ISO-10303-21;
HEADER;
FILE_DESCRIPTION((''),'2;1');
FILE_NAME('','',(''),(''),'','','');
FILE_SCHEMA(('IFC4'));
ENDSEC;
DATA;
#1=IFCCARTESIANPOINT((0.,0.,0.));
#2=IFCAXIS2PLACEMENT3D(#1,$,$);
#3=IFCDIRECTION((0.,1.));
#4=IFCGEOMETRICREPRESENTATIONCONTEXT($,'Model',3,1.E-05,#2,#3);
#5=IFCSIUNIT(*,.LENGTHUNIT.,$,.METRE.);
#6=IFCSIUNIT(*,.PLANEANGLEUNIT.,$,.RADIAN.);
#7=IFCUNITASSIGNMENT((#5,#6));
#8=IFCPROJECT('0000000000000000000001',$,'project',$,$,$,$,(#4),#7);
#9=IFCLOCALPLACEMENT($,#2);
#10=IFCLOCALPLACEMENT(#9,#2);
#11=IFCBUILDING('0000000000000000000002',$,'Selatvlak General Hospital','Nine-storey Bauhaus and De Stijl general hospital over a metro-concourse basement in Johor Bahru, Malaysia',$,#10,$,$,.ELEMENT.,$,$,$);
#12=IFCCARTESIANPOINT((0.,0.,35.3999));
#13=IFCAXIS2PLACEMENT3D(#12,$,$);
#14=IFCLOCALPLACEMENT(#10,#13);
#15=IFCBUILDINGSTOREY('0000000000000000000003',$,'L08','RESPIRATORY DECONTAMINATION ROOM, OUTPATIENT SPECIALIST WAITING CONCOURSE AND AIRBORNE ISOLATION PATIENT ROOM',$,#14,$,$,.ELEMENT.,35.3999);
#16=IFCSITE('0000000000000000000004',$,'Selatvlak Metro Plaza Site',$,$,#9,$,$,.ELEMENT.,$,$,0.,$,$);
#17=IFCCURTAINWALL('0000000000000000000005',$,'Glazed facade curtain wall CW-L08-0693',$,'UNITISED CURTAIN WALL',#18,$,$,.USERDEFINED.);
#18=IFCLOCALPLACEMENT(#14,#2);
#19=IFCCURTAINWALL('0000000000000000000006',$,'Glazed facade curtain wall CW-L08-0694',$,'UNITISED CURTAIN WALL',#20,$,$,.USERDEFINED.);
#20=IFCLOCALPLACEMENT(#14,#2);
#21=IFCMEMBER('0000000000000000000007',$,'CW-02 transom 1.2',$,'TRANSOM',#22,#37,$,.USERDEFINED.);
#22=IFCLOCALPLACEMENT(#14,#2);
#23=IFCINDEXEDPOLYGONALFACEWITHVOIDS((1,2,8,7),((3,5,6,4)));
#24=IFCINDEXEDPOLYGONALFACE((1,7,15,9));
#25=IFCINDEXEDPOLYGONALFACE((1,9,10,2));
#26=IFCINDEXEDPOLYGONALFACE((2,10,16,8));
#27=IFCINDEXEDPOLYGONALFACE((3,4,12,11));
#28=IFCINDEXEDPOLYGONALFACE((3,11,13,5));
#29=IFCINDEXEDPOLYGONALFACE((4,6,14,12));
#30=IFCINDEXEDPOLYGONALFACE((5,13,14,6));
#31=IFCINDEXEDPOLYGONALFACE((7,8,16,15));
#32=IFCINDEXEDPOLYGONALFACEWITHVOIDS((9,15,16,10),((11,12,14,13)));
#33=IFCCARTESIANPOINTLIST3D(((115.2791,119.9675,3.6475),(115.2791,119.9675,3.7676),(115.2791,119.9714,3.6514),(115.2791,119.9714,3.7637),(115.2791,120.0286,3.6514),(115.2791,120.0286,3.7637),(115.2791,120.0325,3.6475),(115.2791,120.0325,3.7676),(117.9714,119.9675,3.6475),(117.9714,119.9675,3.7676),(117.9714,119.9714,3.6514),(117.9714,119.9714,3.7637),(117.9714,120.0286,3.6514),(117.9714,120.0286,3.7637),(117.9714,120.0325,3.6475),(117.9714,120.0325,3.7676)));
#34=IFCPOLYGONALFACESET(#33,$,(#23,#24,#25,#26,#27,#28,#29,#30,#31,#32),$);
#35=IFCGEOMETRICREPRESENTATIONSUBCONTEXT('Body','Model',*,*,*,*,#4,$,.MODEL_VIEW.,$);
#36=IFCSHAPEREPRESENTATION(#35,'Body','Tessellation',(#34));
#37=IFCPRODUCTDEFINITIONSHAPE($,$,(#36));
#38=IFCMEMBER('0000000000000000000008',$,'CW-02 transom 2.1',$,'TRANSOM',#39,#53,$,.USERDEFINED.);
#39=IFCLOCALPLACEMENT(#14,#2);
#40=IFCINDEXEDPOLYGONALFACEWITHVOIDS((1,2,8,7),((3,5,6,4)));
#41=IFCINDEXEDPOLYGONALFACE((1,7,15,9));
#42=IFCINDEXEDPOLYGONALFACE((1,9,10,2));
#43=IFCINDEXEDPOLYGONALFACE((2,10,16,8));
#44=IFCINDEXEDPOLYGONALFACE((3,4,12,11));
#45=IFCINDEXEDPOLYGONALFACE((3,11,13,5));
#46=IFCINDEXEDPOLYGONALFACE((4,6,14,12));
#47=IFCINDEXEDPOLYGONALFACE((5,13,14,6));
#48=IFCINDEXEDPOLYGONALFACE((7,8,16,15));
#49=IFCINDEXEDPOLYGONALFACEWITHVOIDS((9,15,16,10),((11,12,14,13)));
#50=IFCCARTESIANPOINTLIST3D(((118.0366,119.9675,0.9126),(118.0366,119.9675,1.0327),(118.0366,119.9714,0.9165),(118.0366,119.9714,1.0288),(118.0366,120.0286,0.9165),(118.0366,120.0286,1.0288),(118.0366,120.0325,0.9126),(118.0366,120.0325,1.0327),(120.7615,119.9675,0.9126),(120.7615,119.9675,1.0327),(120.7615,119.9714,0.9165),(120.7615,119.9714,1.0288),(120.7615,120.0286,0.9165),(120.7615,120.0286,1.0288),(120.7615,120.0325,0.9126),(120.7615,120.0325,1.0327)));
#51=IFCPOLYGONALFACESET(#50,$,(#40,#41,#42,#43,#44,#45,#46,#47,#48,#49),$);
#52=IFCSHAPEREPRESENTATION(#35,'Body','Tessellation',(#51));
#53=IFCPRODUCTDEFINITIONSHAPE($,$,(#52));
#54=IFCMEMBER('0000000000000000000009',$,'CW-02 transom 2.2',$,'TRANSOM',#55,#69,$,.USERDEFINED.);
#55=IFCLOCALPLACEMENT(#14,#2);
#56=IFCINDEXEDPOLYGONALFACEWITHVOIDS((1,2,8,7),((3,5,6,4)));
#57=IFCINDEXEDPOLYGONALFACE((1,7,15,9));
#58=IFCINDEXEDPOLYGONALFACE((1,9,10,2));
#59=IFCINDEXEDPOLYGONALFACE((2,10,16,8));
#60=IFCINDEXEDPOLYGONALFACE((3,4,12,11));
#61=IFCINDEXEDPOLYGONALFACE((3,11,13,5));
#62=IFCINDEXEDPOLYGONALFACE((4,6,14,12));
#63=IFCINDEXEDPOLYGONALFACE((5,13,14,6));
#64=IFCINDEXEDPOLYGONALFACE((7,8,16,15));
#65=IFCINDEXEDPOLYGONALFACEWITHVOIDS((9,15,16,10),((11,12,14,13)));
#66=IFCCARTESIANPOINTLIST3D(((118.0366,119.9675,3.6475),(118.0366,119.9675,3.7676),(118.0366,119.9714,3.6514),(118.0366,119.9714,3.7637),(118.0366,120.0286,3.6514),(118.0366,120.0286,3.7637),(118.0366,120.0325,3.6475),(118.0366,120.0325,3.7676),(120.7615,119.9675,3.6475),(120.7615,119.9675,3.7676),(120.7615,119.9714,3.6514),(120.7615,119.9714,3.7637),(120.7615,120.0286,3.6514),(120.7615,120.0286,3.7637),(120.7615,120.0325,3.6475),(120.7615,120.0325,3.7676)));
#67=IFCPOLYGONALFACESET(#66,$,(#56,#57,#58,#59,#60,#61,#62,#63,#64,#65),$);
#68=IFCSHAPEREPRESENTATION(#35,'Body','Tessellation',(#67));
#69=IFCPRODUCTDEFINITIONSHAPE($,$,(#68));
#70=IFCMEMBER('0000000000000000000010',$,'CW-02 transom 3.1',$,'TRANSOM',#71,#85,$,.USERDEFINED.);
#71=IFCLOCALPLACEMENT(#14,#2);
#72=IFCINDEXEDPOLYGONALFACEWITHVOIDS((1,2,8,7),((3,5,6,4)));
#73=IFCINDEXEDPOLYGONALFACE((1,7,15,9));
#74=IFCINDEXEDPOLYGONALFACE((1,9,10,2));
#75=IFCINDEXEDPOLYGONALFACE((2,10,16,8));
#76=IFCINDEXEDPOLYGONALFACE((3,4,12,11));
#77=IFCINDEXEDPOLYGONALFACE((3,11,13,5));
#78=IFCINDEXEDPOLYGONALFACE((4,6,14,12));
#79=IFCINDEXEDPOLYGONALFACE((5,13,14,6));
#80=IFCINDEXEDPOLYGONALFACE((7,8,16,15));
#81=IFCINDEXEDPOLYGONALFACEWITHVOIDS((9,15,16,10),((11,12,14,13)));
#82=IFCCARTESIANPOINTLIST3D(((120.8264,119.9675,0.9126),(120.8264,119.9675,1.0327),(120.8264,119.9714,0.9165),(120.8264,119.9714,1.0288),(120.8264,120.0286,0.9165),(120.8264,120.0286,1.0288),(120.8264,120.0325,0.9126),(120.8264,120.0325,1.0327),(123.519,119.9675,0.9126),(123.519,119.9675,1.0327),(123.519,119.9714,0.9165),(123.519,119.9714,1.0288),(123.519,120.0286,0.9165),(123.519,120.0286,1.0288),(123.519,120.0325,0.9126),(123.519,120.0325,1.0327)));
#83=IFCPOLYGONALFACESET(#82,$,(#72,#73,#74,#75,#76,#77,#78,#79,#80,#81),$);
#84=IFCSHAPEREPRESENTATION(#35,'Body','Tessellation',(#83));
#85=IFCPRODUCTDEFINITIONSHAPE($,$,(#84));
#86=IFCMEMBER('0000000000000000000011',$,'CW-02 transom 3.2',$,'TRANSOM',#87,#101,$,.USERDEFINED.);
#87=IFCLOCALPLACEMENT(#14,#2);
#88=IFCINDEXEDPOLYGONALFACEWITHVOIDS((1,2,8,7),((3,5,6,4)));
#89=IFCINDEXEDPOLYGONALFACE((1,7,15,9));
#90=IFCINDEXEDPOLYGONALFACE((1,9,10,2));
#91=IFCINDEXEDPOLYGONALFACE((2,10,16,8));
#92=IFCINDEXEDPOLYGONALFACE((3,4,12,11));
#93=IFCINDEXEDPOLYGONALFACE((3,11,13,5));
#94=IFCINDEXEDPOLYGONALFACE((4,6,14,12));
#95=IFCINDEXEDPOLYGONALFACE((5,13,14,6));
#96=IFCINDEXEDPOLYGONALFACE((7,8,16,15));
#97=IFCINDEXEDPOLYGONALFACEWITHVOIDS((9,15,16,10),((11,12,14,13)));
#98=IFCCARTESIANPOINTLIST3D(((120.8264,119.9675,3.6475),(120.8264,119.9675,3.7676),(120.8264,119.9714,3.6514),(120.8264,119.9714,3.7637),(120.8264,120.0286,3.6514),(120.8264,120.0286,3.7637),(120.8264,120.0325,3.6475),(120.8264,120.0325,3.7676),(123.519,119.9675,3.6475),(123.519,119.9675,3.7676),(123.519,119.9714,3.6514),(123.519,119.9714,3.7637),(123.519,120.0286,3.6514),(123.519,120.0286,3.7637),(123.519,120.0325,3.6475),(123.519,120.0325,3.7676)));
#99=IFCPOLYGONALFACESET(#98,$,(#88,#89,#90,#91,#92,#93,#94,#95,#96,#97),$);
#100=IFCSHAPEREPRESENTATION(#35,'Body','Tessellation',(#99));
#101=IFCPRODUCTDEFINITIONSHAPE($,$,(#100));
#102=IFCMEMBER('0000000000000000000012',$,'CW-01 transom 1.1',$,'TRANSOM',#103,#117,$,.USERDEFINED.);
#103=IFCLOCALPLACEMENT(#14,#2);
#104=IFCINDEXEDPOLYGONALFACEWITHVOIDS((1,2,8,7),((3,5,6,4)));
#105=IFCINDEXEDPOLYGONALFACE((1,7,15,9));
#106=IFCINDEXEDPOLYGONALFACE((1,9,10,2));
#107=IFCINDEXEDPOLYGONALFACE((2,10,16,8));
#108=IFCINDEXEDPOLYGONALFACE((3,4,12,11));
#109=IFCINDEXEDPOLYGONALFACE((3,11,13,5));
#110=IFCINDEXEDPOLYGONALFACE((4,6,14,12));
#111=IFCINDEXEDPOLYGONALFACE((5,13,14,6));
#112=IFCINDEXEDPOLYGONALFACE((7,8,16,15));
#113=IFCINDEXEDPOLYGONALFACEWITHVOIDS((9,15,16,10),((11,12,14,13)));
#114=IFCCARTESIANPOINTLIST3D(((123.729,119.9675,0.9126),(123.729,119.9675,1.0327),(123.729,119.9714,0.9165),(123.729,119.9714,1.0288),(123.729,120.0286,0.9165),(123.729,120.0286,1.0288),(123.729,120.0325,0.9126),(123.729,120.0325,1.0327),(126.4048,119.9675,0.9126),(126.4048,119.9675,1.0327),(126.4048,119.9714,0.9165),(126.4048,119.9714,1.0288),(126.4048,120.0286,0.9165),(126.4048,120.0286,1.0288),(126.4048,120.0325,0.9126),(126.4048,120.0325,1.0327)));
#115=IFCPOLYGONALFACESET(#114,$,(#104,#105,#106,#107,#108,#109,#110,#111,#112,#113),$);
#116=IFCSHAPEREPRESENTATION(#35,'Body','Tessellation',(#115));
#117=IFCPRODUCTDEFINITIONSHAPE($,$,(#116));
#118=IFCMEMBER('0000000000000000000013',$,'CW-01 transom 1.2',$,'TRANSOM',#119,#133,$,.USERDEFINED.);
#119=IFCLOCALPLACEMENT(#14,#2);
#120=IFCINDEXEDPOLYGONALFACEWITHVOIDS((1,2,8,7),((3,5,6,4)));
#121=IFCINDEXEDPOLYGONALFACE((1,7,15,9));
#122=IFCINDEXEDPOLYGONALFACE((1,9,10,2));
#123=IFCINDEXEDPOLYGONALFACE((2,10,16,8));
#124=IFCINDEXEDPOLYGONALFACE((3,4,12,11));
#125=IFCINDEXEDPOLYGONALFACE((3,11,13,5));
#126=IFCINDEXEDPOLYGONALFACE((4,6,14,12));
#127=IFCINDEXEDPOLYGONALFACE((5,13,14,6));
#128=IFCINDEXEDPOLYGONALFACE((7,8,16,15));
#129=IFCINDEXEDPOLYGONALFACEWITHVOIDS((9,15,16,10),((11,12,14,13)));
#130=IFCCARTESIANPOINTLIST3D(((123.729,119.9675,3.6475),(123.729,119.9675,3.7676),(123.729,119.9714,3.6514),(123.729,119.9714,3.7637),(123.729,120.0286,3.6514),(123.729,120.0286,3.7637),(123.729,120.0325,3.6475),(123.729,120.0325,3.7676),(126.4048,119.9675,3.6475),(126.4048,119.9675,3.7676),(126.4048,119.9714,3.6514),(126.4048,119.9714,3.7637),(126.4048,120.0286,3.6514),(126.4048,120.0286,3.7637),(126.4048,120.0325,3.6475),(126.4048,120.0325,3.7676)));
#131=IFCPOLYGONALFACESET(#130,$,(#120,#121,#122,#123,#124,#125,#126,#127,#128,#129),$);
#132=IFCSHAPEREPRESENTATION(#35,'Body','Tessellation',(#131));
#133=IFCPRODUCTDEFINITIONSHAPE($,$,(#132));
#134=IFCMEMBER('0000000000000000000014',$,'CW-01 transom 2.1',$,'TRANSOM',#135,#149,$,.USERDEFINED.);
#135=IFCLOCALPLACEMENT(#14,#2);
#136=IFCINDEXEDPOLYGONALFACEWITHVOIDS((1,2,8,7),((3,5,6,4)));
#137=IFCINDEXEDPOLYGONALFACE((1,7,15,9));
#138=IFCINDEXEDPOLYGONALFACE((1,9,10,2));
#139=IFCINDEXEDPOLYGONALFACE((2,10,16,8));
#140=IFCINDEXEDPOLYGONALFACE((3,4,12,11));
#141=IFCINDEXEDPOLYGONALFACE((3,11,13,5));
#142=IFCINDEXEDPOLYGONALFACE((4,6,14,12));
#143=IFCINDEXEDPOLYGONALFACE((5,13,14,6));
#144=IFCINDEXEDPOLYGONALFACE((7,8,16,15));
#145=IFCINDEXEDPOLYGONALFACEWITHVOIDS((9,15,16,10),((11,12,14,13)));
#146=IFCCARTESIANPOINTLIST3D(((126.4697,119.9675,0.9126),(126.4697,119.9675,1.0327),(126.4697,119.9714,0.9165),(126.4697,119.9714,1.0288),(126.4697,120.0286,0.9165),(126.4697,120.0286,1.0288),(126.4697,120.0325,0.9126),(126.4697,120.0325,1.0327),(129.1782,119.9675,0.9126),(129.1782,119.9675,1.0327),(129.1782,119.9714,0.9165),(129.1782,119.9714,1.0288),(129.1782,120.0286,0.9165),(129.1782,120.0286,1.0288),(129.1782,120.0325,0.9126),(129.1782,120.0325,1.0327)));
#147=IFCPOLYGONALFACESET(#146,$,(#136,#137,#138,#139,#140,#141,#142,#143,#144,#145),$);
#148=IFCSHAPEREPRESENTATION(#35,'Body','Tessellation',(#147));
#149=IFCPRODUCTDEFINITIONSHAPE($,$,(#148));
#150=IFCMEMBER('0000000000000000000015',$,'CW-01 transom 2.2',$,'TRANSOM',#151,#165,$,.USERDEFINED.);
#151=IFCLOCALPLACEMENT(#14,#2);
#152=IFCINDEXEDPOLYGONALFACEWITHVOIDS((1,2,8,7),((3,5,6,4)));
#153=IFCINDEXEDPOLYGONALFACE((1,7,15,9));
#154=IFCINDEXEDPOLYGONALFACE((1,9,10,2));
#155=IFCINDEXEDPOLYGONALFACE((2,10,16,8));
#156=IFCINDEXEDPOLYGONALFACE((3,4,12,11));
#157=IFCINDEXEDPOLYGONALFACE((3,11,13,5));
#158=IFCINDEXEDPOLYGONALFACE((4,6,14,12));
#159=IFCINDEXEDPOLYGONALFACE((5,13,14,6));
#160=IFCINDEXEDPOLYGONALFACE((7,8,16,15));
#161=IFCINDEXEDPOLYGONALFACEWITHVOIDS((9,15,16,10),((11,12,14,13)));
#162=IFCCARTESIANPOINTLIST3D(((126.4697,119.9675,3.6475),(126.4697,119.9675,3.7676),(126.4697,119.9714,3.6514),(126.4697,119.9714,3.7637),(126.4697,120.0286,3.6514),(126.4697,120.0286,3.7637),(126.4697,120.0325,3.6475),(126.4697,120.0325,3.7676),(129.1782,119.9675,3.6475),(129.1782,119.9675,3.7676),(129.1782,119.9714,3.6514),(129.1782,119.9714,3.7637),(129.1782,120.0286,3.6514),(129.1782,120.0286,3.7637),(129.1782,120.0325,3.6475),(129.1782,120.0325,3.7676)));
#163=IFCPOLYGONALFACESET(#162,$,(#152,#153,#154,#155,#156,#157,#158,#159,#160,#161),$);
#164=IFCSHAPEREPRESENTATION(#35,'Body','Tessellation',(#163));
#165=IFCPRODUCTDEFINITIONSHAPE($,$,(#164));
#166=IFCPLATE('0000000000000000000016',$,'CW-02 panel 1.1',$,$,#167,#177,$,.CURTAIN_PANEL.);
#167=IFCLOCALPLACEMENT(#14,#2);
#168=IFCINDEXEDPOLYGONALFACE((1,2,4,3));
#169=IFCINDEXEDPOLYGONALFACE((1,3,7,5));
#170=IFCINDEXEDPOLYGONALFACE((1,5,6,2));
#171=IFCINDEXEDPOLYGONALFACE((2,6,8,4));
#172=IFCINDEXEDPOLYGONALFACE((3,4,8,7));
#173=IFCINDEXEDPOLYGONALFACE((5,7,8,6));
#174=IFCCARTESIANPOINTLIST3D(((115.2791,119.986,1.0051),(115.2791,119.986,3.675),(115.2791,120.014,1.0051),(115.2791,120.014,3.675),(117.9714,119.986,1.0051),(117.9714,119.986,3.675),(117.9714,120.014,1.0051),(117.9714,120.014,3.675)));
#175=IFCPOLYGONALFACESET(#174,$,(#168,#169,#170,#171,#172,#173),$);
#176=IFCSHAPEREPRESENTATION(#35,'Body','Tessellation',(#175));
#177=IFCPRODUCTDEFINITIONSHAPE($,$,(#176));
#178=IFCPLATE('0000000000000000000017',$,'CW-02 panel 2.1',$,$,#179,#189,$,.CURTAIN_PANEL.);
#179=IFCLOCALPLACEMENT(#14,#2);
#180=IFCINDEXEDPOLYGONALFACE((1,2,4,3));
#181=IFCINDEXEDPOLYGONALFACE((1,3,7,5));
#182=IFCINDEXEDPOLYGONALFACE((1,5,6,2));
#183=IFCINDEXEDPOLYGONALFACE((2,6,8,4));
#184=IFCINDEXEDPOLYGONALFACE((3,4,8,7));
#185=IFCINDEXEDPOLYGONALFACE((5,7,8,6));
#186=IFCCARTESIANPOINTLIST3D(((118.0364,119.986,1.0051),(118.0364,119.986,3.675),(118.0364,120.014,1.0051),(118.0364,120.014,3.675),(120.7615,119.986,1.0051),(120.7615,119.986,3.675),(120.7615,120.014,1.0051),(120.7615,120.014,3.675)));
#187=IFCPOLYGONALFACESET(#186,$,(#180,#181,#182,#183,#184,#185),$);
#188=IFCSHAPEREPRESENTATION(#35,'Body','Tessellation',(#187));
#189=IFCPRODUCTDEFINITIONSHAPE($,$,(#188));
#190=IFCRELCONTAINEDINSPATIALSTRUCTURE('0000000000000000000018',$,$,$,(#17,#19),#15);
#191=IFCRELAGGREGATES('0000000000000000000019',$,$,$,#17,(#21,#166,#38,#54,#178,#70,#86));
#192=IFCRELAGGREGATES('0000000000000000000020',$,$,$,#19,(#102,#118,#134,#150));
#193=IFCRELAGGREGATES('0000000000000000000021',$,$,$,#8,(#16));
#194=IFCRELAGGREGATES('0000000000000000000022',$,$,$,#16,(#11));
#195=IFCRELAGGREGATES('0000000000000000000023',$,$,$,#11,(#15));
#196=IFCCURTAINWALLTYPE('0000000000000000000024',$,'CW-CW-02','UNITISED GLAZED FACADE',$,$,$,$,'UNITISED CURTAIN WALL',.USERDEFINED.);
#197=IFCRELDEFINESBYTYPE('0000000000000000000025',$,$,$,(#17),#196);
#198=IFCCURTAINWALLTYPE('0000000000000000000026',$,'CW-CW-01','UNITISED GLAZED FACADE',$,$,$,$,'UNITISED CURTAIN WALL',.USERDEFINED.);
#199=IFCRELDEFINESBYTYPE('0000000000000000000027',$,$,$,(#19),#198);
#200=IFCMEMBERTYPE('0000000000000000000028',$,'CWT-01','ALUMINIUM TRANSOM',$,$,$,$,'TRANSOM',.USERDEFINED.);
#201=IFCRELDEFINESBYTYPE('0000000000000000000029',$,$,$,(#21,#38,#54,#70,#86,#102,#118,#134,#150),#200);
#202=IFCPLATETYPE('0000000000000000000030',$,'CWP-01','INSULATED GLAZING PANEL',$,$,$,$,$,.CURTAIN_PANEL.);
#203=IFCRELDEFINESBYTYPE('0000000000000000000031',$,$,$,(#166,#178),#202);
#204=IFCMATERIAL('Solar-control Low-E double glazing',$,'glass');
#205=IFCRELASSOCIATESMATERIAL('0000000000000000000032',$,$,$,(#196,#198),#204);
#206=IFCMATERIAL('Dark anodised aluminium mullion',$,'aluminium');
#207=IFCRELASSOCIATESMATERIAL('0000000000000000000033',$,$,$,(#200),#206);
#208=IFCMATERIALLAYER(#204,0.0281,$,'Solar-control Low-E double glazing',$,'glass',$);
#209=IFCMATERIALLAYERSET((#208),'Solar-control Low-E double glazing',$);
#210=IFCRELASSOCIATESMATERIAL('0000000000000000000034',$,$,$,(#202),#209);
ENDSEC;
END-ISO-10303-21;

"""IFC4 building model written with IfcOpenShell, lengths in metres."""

from ifc_helpers import new_model, si_unit, direction, frame, origin, origin_2d, place, context, subcontext, project, spatial, rectangle, hollow_rectangle, extrude, material, layer, layer_set, material_profile, profile_set, type_object, element, aggregate, save


model = new_model("IFC4")

# Units and contexts
model_context = context("Model", 3, precision=1e-05, world=origin(), true_north=direction((0.0, 1.0)))
body_context = subcontext(model_context, "Body", "Model", "MODEL_VIEW")
ifc_project = project(units=[si_unit("LENGTHUNIT", "METRE"), si_unit("PLANEANGLEUNIT", "RADIAN")], contexts=[model_context])

# Site, building, storey
site_placement = place(None, origin())
site = spatial("IfcSite", under=ifc_project, at=site_placement, Name="Selatvlak Metro Plaza Site", CompositionType="ELEMENT", RefElevation=0.0)
building_placement = place(site_placement, origin())
building = spatial("IfcBuilding", under=site, at=building_placement, Name="Selatvlak General Hospital", Description="Nine-storey Bauhaus and De Stijl general hospital over a metro-concourse basement in Johor Bahru, Malaysia", CompositionType="ELEMENT")
storey_placement = place(building_placement, frame((0.0, 0.0, 35.3999)))
storey = spatial("IfcBuildingStorey", under=building, at=storey_placement, Name="L08", Description="RESPIRATORY DECONTAMINATION ROOM, OUTPATIENT SPECIALIST WAITING CONCOURSE AND AIRBORNE ISOLATION PATIENT ROOM", CompositionType="ELEMENT", Elevation=35.3999)

# Curtain walls
ifc_material_1 = material(Name="Solar-control Low-E double glazing", Category="glass")
curtain_wall_type_1 = type_object("IfcCurtainWallType", Name="CW-CW-02", Description="UNITISED GLAZED FACADE", ElementType="UNITISED CURTAIN WALL", PredefinedType="USERDEFINED", material=ifc_material_1)
curtain_wall_1_placement = place(storey_placement, origin())
curtain_wall_1 = element("IfcCurtainWall", 1, at=curtain_wall_1_placement, inside=storey, type_object=curtain_wall_type_1, Name="Glazed facade curtain wall CW-L08-0693", ObjectType="UNITISED CURTAIN WALL", PredefinedType="USERDEFINED")
ifc_material_2 = material(Name="Dark anodised aluminium mullion", Category="aluminium")
curtain_wall_type_2 = type_object("IfcCurtainWallType", Name="CW-CW-01", Description="UNITISED GLAZED FACADE", ElementType="UNITISED CURTAIN WALL", PredefinedType="USERDEFINED", material=ifc_material_1)
curtain_wall_2_placement = place(storey_placement, origin())
curtain_wall_2 = element("IfcCurtainWall", 2, at=curtain_wall_2_placement, inside=storey, type_object=curtain_wall_type_2, Name="Glazed facade curtain wall CW-L08-0694", ObjectType="UNITISED CURTAIN WALL", PredefinedType="USERDEFINED")

# Members
ifc_material_profile_1 = material_profile(ifc_material_2, hollow_rectangle(XDim=0.0649, YDim=0.1201, WallThickness=0.0039, at=origin_2d()), Name="AL-TRN 65x120x4")
ifc_profile_set_1 = profile_set([ifc_material_profile_1], Name="Dark anodised aluminium mullion")
member_type_1 = type_object("IfcMemberType", Name="CWT-01", Description="ALUMINIUM TRANSOM", ElementType="TRANSOM", PredefinedType="USERDEFINED", material=ifc_profile_set_1)
member_1_placement = place(storey_placement, frame((115.2791, 120.0, 3.7075), z_axis=(1.0, 0.0, 0.0), x_axis=(0.0, 1.0, 0.0)))
member_1 = element("IfcMember", 3, at=member_1_placement, type_object=member_type_1, Name="CW-02 transom 1.2", ObjectType="TRANSOM", PredefinedType="USERDEFINED", context=body_context, shape_type="SweptSolid", body=[
    extrude(hollow_rectangle(XDim=0.0649, YDim=0.1201, WallThickness=0.0039, at=origin_2d()), origin(), (0.0, 0.0, 1.0), 2.6924),
])
member_2_placement = place(storey_placement, frame((118.0366, 120.0, 0.9727), z_axis=(1.0, 0.0, 0.0), x_axis=(0.0, 1.0, 0.0)))
member_2 = element("IfcMember", 4, at=member_2_placement, type_object=member_type_1, Name="CW-02 transom 2.1", ObjectType="TRANSOM", PredefinedType="USERDEFINED", context=body_context, shape_type="SweptSolid", body=[
    extrude(hollow_rectangle(XDim=0.0649, YDim=0.1201, WallThickness=0.0039, at=origin_2d()), origin(), (0.0, 0.0, 1.0), 2.7249),
])
member_3_placement = place(storey_placement, frame((118.0366, 120.0, 3.7075), z_axis=(1.0, 0.0, 0.0), x_axis=(0.0, 1.0, 0.0)))
member_3 = element("IfcMember", 5, at=member_3_placement, type_object=member_type_1, Name="CW-02 transom 2.2", ObjectType="TRANSOM", PredefinedType="USERDEFINED", context=body_context, shape_type="SweptSolid", body=[
    extrude(hollow_rectangle(XDim=0.0649, YDim=0.1201, WallThickness=0.0039, at=origin_2d()), origin(), (0.0, 0.0, 1.0), 2.7249),
])
member_4_placement = place(storey_placement, frame((120.8264, 120.0, 0.9727), z_axis=(1.0, 0.0, 0.0), x_axis=(0.0, 1.0, 0.0)))
member_4 = element("IfcMember", 6, at=member_4_placement, type_object=member_type_1, Name="CW-02 transom 3.1", ObjectType="TRANSOM", PredefinedType="USERDEFINED", context=body_context, shape_type="SweptSolid", body=[
    extrude(hollow_rectangle(XDim=0.0649, YDim=0.1201, WallThickness=0.0039, at=origin_2d()), origin(), (0.0, 0.0, 1.0), 2.6926),
])
member_5_placement = place(storey_placement, frame((120.8264, 120.0, 3.7075), z_axis=(1.0, 0.0, 0.0), x_axis=(0.0, 1.0, 0.0)))
member_5 = element("IfcMember", 7, at=member_5_placement, type_object=member_type_1, Name="CW-02 transom 3.2", ObjectType="TRANSOM", PredefinedType="USERDEFINED", context=body_context, shape_type="SweptSolid", body=[
    extrude(hollow_rectangle(XDim=0.0649, YDim=0.1201, WallThickness=0.0039, at=origin_2d()), origin(), (0.0, 0.0, 1.0), 2.6926),
])
member_6_placement = place(storey_placement, frame((123.729, 120.0, 0.9727), z_axis=(1.0, 0.0, 0.0), x_axis=(0.0, 1.0, 0.0)))
member_6 = element("IfcMember", 8, at=member_6_placement, type_object=member_type_1, Name="CW-01 transom 1.1", ObjectType="TRANSOM", PredefinedType="USERDEFINED", context=body_context, shape_type="SweptSolid", body=[
    extrude(hollow_rectangle(XDim=0.0649, YDim=0.1201, WallThickness=0.0039, at=origin_2d()), origin(), (0.0, 0.0, 1.0), 2.6758),
])
member_7_placement = place(storey_placement, frame((123.729, 120.0, 3.7075), z_axis=(1.0, 0.0, 0.0), x_axis=(0.0, 1.0, 0.0)))
member_7 = element("IfcMember", 9, at=member_7_placement, type_object=member_type_1, Name="CW-01 transom 1.2", ObjectType="TRANSOM", PredefinedType="USERDEFINED", context=body_context, shape_type="SweptSolid", body=[
    extrude(hollow_rectangle(XDim=0.0649, YDim=0.1201, WallThickness=0.0039, at=origin_2d()), origin(), (0.0, 0.0, 1.0), 2.6758),
])
member_8_placement = place(storey_placement, frame((126.4697, 120.0, 0.9727), z_axis=(1.0, 0.0, 0.0), x_axis=(0.0, 1.0, 0.0)))
member_8 = element("IfcMember", 10, at=member_8_placement, type_object=member_type_1, Name="CW-01 transom 2.1", ObjectType="TRANSOM", PredefinedType="USERDEFINED", context=body_context, shape_type="SweptSolid", body=[
    extrude(hollow_rectangle(XDim=0.0649, YDim=0.1201, WallThickness=0.0039, at=origin_2d()), origin(), (0.0, 0.0, 1.0), 2.7085),
])
member_9_placement = place(storey_placement, frame((126.4697, 120.0, 3.7075), z_axis=(1.0, 0.0, 0.0), x_axis=(0.0, 1.0, 0.0)))
member_9 = element("IfcMember", 11, at=member_9_placement, type_object=member_type_1, Name="CW-01 transom 2.2", ObjectType="TRANSOM", PredefinedType="USERDEFINED", context=body_context, shape_type="SweptSolid", body=[
    extrude(hollow_rectangle(XDim=0.0649, YDim=0.1201, WallThickness=0.0039, at=origin_2d()), origin(), (0.0, 0.0, 1.0), 2.7085),
])

# Plates
ifc_layer_1 = layer(ifc_material_1, 0.0281, Name="Solar-control Low-E double glazing", Category="glass")
ifc_layer_set_1 = layer_set([ifc_layer_1], Name="Solar-control Low-E double glazing")
plate_type = type_object("IfcPlateType", Name="CWP-01", Description="INSULATED GLAZING PANEL", PredefinedType="CURTAIN_PANEL", material=ifc_layer_set_1)
plate_1_placement = place(storey_placement, frame((116.6252, 120.0, 1.0051), z_axis=(0.0, 0.0, 1.0), x_axis=(1.0, 0.0, 0.0)))
plate_1 = element("IfcPlate", 12, at=plate_1_placement, type_object=plate_type, Name="CW-02 panel 1.1", PredefinedType="CURTAIN_PANEL", context=body_context, shape_type="SweptSolid", body=[
    extrude(rectangle(XDim=2.6924, YDim=0.0281, at=origin_2d()), origin(), (0.0, 0.0, 1.0), 2.6699),
])
plate_2_placement = place(storey_placement, frame((119.3989, 120.0, 1.0051), z_axis=(0.0, 0.0, 1.0), x_axis=(1.0, 0.0, 0.0)))
plate_2 = element("IfcPlate", 13, at=plate_2_placement, type_object=plate_type, Name="CW-02 panel 2.1", PredefinedType="CURTAIN_PANEL", context=body_context, shape_type="SweptSolid", body=[
    extrude(rectangle(XDim=2.7251, YDim=0.0281, at=origin_2d()), origin(), (0.0, 0.0, 1.0), 2.6699),
])
aggregate(curtain_wall_1, [member_1, plate_1, member_2, member_3, plate_2, member_4, member_5])
aggregate(curtain_wall_2, [member_6, member_7, member_8, member_9])

save(model, "model.ifc")
